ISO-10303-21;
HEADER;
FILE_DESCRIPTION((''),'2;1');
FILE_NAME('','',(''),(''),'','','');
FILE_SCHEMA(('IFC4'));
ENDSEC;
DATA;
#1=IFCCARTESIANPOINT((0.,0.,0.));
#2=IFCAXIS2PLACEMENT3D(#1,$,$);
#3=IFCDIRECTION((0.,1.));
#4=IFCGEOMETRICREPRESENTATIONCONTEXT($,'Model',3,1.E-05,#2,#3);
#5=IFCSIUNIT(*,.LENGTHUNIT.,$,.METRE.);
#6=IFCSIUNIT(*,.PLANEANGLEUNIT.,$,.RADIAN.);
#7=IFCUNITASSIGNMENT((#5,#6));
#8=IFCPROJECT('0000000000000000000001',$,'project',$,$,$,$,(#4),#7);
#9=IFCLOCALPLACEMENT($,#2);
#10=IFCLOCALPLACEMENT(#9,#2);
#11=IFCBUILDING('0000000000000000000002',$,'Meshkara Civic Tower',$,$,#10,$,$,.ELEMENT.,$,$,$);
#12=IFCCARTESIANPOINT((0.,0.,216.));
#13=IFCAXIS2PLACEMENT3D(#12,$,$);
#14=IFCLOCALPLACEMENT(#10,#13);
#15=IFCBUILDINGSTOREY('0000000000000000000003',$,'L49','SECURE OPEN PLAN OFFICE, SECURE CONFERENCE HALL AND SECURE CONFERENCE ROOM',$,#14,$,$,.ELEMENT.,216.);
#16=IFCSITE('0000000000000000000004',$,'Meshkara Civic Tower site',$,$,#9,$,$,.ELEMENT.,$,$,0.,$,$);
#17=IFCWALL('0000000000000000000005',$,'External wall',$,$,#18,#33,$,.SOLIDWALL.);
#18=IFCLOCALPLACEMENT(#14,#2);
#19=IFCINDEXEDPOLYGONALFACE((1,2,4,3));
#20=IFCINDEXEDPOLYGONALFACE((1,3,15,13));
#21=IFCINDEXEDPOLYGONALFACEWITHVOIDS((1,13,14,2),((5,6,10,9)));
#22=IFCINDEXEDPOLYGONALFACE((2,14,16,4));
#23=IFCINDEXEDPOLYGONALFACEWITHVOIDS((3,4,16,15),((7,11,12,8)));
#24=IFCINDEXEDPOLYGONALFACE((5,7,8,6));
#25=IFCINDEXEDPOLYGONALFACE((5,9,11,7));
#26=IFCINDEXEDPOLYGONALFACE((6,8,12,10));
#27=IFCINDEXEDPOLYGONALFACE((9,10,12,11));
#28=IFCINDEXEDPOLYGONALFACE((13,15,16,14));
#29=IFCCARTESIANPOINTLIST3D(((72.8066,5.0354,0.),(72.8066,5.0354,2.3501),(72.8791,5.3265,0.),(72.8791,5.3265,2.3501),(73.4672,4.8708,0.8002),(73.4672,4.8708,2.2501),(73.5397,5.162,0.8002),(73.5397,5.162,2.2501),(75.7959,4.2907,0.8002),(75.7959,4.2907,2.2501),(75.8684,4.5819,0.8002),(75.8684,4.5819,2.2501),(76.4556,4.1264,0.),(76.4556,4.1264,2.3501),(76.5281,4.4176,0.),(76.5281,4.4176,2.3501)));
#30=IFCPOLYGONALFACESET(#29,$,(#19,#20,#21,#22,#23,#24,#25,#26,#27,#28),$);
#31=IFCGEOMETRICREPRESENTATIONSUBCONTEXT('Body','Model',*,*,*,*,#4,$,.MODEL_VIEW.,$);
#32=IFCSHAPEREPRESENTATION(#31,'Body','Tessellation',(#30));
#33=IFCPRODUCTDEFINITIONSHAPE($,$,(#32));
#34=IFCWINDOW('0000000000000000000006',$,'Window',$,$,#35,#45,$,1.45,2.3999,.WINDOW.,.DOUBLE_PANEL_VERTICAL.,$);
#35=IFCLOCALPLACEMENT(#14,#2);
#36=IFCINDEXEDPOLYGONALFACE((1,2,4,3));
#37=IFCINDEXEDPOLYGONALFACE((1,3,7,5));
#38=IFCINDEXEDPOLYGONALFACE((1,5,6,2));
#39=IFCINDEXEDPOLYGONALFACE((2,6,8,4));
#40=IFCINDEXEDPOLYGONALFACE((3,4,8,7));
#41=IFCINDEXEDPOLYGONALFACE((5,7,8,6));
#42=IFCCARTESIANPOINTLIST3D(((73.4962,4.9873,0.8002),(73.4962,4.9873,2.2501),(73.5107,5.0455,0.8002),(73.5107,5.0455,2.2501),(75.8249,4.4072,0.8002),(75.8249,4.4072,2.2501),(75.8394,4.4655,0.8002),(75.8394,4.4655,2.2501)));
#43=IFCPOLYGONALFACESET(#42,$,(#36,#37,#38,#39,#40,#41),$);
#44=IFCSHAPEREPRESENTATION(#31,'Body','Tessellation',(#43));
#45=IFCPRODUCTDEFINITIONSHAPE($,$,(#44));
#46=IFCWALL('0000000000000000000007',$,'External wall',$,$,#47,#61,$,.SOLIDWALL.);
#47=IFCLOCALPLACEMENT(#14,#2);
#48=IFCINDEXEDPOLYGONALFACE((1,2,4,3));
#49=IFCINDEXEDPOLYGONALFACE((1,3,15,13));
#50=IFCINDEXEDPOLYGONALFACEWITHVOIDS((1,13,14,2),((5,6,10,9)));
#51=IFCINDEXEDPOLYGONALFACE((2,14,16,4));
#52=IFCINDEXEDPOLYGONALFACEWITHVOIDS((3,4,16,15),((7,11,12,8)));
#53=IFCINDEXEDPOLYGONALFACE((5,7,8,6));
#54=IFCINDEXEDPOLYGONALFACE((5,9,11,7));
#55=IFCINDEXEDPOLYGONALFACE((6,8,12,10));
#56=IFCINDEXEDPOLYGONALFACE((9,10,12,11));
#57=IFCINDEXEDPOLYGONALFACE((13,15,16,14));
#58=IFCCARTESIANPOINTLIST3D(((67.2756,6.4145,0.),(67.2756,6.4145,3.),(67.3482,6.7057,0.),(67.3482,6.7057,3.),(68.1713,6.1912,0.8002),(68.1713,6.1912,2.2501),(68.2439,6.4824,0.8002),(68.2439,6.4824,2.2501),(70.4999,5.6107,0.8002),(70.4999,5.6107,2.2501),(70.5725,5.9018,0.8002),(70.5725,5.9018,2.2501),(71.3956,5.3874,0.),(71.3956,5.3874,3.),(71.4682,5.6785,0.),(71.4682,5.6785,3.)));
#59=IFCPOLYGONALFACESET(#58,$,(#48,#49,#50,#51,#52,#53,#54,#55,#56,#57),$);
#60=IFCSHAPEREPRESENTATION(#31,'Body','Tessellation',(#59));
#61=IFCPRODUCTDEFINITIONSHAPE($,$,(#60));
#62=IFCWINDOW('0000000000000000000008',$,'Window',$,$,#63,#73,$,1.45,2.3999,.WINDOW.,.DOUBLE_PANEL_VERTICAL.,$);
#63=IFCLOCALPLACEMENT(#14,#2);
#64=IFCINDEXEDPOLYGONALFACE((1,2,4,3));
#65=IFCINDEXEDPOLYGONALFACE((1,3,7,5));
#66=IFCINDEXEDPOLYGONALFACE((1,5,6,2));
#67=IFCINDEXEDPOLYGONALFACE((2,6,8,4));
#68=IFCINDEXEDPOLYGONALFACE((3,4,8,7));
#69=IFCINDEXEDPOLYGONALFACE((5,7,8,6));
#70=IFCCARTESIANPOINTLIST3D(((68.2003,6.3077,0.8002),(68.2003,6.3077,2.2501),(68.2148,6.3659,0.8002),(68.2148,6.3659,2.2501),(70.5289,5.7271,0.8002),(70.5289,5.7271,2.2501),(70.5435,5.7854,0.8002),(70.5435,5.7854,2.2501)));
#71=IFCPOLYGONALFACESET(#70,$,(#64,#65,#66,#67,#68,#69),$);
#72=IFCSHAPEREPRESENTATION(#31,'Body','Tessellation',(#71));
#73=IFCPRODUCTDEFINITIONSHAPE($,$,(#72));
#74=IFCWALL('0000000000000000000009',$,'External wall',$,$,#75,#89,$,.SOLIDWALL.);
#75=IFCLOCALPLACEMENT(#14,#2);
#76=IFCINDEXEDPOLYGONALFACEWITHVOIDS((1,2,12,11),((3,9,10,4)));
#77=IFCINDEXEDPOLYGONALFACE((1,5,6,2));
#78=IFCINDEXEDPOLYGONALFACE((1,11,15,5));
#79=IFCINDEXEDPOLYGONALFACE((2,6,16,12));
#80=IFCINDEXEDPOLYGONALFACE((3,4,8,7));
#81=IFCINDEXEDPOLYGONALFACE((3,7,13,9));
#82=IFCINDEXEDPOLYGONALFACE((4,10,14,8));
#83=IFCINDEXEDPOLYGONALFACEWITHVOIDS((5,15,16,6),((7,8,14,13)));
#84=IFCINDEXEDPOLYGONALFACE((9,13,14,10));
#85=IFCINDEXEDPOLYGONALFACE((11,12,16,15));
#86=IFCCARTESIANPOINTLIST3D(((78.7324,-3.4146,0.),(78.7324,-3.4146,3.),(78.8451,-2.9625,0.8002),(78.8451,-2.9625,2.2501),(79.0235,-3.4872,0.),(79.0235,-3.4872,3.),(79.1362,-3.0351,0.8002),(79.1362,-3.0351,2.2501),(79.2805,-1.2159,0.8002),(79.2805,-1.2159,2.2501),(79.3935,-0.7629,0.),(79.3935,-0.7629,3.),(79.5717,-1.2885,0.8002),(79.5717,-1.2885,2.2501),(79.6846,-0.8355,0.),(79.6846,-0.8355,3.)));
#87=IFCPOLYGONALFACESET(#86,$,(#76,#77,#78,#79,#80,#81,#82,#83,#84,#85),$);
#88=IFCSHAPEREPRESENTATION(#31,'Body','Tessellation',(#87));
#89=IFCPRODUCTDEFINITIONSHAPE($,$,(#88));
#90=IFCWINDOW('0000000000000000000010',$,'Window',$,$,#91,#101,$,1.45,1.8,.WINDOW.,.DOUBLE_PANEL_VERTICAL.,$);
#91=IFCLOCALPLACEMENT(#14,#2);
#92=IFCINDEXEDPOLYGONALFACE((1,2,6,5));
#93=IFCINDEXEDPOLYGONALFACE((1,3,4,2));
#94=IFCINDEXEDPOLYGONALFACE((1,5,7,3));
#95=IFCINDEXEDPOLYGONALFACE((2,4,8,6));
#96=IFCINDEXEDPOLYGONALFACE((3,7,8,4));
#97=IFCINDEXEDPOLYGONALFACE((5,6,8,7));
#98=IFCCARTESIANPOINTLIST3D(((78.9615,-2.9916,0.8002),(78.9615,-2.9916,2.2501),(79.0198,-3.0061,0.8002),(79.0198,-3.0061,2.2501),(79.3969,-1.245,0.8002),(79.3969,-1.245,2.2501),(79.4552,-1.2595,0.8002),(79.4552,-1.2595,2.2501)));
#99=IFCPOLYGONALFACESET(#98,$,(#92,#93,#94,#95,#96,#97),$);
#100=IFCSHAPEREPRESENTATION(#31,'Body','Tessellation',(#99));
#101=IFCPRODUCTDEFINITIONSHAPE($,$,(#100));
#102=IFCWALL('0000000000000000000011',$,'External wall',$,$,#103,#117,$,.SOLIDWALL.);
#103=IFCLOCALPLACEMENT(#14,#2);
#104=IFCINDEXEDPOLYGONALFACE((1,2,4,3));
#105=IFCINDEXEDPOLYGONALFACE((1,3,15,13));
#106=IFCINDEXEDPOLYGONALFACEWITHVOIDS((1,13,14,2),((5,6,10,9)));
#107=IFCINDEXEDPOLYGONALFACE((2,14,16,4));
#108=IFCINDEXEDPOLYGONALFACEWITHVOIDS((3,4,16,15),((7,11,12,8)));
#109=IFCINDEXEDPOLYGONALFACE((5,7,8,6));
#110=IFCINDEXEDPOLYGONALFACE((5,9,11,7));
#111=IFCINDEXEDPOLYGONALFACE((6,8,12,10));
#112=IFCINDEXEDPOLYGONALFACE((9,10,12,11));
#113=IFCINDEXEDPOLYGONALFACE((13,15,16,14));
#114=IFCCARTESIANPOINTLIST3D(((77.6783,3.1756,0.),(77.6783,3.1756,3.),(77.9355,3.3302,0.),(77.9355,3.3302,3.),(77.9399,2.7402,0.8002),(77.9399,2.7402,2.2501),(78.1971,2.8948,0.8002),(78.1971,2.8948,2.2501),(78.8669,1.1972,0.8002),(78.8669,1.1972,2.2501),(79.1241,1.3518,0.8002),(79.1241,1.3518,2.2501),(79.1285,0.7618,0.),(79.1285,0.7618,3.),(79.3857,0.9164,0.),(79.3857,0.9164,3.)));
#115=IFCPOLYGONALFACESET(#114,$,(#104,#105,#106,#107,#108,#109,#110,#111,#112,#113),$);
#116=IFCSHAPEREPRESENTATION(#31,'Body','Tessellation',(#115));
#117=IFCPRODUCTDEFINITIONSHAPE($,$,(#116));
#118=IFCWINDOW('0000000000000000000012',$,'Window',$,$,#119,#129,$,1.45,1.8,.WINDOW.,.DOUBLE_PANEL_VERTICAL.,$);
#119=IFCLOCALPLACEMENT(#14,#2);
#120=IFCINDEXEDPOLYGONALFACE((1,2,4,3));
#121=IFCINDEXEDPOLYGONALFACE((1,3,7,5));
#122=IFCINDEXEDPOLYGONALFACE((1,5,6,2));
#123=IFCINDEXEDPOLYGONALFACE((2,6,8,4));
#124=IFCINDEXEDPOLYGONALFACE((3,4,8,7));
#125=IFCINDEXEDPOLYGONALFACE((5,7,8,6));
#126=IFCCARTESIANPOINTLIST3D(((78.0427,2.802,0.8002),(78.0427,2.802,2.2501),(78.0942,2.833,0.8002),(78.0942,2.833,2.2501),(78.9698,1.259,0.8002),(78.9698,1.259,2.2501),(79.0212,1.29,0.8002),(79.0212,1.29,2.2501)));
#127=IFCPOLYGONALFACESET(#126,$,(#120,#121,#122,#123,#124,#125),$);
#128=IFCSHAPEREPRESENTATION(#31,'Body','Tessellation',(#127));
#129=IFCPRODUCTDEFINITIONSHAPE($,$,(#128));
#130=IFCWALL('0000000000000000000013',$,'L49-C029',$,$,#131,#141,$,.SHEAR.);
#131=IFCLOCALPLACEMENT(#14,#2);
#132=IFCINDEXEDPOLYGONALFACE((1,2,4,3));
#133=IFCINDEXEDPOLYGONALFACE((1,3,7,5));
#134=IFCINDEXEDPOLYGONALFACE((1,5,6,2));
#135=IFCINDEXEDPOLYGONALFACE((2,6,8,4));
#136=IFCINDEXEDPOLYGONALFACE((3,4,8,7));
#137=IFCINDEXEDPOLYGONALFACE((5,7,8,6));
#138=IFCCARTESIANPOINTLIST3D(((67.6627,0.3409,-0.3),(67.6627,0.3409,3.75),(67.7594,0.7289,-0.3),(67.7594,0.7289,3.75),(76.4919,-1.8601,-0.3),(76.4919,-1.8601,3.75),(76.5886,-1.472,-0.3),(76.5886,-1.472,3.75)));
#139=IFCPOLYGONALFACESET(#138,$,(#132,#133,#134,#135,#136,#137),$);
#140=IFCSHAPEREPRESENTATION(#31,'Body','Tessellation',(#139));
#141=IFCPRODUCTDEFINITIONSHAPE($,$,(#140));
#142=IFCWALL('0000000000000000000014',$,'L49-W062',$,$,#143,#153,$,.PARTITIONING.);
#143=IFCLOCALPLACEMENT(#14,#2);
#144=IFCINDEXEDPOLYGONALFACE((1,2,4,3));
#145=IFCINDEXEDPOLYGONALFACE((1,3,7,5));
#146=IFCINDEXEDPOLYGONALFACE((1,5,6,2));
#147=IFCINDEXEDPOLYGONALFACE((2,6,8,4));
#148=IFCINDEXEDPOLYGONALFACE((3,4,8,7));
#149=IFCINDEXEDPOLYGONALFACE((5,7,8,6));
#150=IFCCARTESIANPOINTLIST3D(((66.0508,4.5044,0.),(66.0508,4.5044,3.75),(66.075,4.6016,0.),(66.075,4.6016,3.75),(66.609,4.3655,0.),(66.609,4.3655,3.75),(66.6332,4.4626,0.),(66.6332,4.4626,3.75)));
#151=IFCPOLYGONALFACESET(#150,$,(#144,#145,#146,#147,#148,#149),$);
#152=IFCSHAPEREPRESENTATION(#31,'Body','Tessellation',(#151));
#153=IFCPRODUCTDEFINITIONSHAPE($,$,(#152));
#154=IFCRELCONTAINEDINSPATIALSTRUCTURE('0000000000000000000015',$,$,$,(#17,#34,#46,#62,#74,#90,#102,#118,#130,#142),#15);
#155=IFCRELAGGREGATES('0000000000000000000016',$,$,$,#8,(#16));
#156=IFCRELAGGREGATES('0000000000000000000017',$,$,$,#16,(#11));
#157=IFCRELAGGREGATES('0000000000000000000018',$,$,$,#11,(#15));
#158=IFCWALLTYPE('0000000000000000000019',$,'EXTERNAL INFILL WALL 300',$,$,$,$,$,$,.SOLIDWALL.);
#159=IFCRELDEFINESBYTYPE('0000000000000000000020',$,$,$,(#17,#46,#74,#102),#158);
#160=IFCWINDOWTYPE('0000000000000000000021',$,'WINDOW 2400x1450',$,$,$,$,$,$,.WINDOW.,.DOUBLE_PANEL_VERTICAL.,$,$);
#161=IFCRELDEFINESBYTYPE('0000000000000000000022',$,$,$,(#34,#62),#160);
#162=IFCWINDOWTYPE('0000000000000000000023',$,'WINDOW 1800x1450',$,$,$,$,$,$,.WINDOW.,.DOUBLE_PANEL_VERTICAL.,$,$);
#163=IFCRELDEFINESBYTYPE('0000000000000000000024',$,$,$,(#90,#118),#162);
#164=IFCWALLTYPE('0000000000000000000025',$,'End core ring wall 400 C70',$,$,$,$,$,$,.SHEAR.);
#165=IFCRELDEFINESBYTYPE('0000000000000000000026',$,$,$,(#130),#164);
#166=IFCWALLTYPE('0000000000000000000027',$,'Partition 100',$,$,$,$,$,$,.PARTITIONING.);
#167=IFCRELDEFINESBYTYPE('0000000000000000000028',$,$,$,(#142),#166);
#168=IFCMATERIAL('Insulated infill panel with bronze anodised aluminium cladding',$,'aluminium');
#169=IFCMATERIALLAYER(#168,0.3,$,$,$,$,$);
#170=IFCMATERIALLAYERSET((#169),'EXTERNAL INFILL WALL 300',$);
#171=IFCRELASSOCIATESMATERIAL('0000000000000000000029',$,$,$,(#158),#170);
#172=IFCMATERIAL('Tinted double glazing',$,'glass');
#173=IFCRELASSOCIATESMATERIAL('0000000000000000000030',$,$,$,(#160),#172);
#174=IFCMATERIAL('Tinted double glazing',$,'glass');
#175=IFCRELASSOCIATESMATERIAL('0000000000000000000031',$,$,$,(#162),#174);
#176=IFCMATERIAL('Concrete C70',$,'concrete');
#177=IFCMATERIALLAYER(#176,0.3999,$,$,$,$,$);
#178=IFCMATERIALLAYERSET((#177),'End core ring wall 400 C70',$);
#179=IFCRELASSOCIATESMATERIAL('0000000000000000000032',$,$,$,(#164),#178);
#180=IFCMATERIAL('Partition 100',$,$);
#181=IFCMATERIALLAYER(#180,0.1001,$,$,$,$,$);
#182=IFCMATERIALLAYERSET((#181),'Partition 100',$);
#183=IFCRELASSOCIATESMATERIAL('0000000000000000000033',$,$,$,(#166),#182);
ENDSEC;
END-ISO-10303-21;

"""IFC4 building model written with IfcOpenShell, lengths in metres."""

from ifc_helpers import new_model, si_unit, direction, frame, frame_2d, origin, place, context, subcontext, project, spatial, rectangle, extrude, material, layer, layer_set, type_object, element, fill, save


model = new_model("IFC4")

# Units and contexts
model_context = context("Model", 3, precision=1e-05, world=origin(), true_north=direction((0.0, 1.0)))
body_context = subcontext(model_context, "Body", "Model", "MODEL_VIEW")
ifc_project = project(units=[si_unit("LENGTHUNIT", "METRE"), si_unit("PLANEANGLEUNIT", "RADIAN")], contexts=[model_context])

# Site, building, storey
site_placement = place(None, origin())
site = spatial("IfcSite", under=ifc_project, at=site_placement, Name="Meshkara Civic Tower site", CompositionType="ELEMENT", RefElevation=0.0)
building_placement = place(site_placement, origin())
building = spatial("IfcBuilding", under=site, at=building_placement, Name="Meshkara Civic Tower", CompositionType="ELEMENT")
storey_placement = place(building_placement, frame((0.0, 0.0, 216.0)))
storey = spatial("IfcBuildingStorey", under=building, at=storey_placement, Name="L49", Description="SECURE OPEN PLAN OFFICE, SECURE CONFERENCE HALL AND SECURE CONFERENCE ROOM", CompositionType="ELEMENT", Elevation=216.0)

# Walls, openings, windows
ifc_material_1 = material(Name="Insulated infill panel with bronze anodised aluminium cladding", Category="aluminium")
ifc_layer_1 = layer(ifc_material_1, 0.3)
ifc_layer_set_1 = layer_set([ifc_layer_1], Name="EXTERNAL INFILL WALL 300")
wall_type_1 = type_object("IfcWallType", Name="EXTERNAL INFILL WALL 300", PredefinedType="SOLIDWALL", material=ifc_layer_set_1)
wall_1_placement = place(storey_placement, frame((76.4919, 4.272, 0.0), z_axis=(0.0, 0.0, 1.0), x_axis=(-0.970348, 0.241711, 0.0)))
wall_1 = element("IfcWall", 1, at=wall_1_placement, inside=storey, type_object=wall_type_1, Name="External wall", PredefinedType="SOLIDWALL", context=body_context, shape_type="SweptSolid", body=[
    extrude(rectangle(XDim=3.7605, YDim=0.3, at=frame_2d((1.8804, 0.0))), origin(), (0.0, 0.0, 1.0), 2.3501),
])
opening_1_placement = place(wall_1_placement, frame((0.6799, 0.0, 0.8)))
opening_1 = element("IfcOpeningElement", 2, at=opening_1_placement, cuts=wall_1, PredefinedType="OPENING", context=body_context, shape_type="SweptSolid", body=[
    extrude(rectangle(XDim=2.3999, YDim=1.45, at=frame_2d((1.2, 0.7251))), frame((0.0, 0.1599, 0.0), z_axis=(0.0, -1.0, 0.0), x_axis=(1.0, 0.0, 0.0)), (0.0, 0.0, 1.0), 0.3201),
])
ifc_material_2 = material(Name="Tinted double glazing", Category="glass")
window_type_1 = type_object("IfcWindowType", Name="WINDOW 2400x1450", PartitioningType="DOUBLE_PANEL_VERTICAL", PredefinedType="WINDOW", material=ifc_material_2)
window_1_placement = place(opening_1_placement, origin())
window_1 = element("IfcWindow", 3, at=window_1_placement, inside=storey, type_object=window_type_1, Name="Window", OverallHeight=1.45, OverallWidth=2.3999, PartitioningType="DOUBLE_PANEL_VERTICAL", PredefinedType="WINDOW", context=body_context, shape_type="SweptSolid", body=[
    extrude(rectangle(XDim=2.3999, YDim=1.45, at=frame_2d((1.2, 0.7251))), frame((0.0, 0.03, 0.0), z_axis=(0.0, -1.0, 0.0), x_axis=(1.0, 0.0, 0.0)), (0.0, 0.0, 1.0), 0.0601),
])
fill(opening_1, window_1)
wall_2_placement = place(storey_placement, frame((71.4319, 5.533, 0.0), z_axis=(0.0, 0.0, 1.0), x_axis=(-0.970301, 0.2419, 0.0)))
wall_2 = element("IfcWall", 4, at=wall_2_placement, inside=storey, type_object=wall_type_1, Name="External wall", PredefinedType="SOLIDWALL", context=body_context, shape_type="SweptSolid", body=[
    extrude(rectangle(XDim=4.2461, YDim=0.3, at=frame_2d((2.123, 0.0))), origin(), (0.0, 0.0, 1.0), 3.0),
])
opening_2_placement = place(wall_2_placement, frame((0.9231, 0.0, 0.8)))
opening_2 = element("IfcOpeningElement", 5, at=opening_2_placement, cuts=wall_2, PredefinedType="OPENING", context=body_context, shape_type="SweptSolid", body=[
    extrude(rectangle(XDim=2.3999, YDim=1.45, at=frame_2d((1.2, 0.7251))), frame((0.0, 0.1599, 0.0), z_axis=(0.0, -1.0, 0.0), x_axis=(1.0, 0.0, 0.0)), (0.0, 0.0, 1.0), 0.3201),
])
window_2_placement = place(opening_2_placement, origin())
window_2 = element("IfcWindow", 6, at=window_2_placement, inside=storey, type_object=window_type_1, Name="Window", OverallHeight=1.45, OverallWidth=2.3999, PartitioningType="DOUBLE_PANEL_VERTICAL", PredefinedType="WINDOW", context=body_context, shape_type="SweptSolid", body=[
    extrude(rectangle(XDim=2.3999, YDim=1.45, at=frame_2d((1.2, 0.7251))), frame((0.0, 0.03, 0.0), z_axis=(0.0, -1.0, 0.0), x_axis=(1.0, 0.0, 0.0)), (0.0, 0.0, 1.0), 0.0601),
])
fill(opening_2, window_2)
wall_3_placement = place(storey_placement, frame((78.8779, -3.4509, 0.0), z_axis=(0.0, 0.0, 1.0), x_axis=(0.241905, 0.9703, 0.0)))
wall_3 = element("IfcWall", 7, at=wall_3_placement, inside=storey, type_object=wall_type_1, Name="External wall", PredefinedType="SOLIDWALL", context=body_context, shape_type="SweptSolid", body=[
    extrude(rectangle(XDim=2.7329, YDim=0.3, at=frame_2d((1.3665, 0.0))), origin(), (0.0, 0.0, 1.0), 3.0),
])
opening_3_placement = place(wall_3_placement, frame((0.4661, 0.0, 0.8)))
opening_3 = element("IfcOpeningElement", 8, at=opening_3_placement, cuts=wall_3, PredefinedType="OPENING", context=body_context, shape_type="SweptSolid", body=[
    extrude(rectangle(XDim=1.8, YDim=1.45, at=frame_2d((0.8999, 0.7251))), frame((0.0, 0.1599, 0.0), z_axis=(0.0, -1.0, 0.0), x_axis=(1.0, 0.0, 0.0)), (0.0, 0.0, 1.0), 0.3201),
])
ifc_material_3 = material(Name="Tinted double glazing", Category="glass")
window_type_2 = type_object("IfcWindowType", Name="WINDOW 1800x1450", PartitioningType="DOUBLE_PANEL_VERTICAL", PredefinedType="WINDOW", material=ifc_material_3)
window_3_placement = place(opening_3_placement, origin())
window_3 = element("IfcWindow", 9, at=window_3_placement, inside=storey, type_object=window_type_2, Name="Window", OverallHeight=1.45, OverallWidth=1.8, PartitioningType="DOUBLE_PANEL_VERTICAL", PredefinedType="WINDOW", context=body_context, shape_type="SweptSolid", body=[
    extrude(rectangle(XDim=1.8, YDim=1.45, at=frame_2d((0.8999, 0.7251))), frame((0.0, 0.03, 0.0), z_axis=(0.0, -1.0, 0.0), x_axis=(1.0, 0.0, 0.0)), (0.0, 0.0, 1.0), 0.0601),
])
fill(opening_3, window_3)
wall_4_placement = place(storey_placement, frame((79.2571, 0.8391, 0.0), z_axis=(0.0, 0.0, 1.0), x_axis=(-0.514993, 0.857194, 0.0)))
wall_4 = element("IfcWall", 10, at=wall_4_placement, inside=storey, type_object=wall_type_1, Name="External wall", PredefinedType="SOLIDWALL", context=body_context, shape_type="SweptSolid", body=[
    extrude(rectangle(XDim=2.8159, YDim=0.3, at=frame_2d((1.408, 0.0))), origin(), (0.0, 0.0, 1.0), 3.0),
])
opening_4_placement = place(wall_4_placement, frame((0.5081, 0.0, 0.8)))
opening_4 = element("IfcOpeningElement", 11, at=opening_4_placement, cuts=wall_4, PredefinedType="OPENING", context=body_context, shape_type="SweptSolid", body=[
    extrude(rectangle(XDim=1.8, YDim=1.45, at=frame_2d((0.8999, 0.7251))), frame((0.0, 0.1599, 0.0), z_axis=(0.0, -1.0, 0.0), x_axis=(1.0, 0.0, 0.0)), (0.0, 0.0, 1.0), 0.3201),
])
window_4_placement = place(opening_4_placement, origin())
window_4 = element("IfcWindow", 12, at=window_4_placement, inside=storey, type_object=window_type_2, Name="Window", OverallHeight=1.45, OverallWidth=1.8, PartitioningType="DOUBLE_PANEL_VERTICAL", PredefinedType="WINDOW", context=body_context, shape_type="SweptSolid", body=[
    extrude(rectangle(XDim=1.8, YDim=1.45, at=frame_2d((0.8999, 0.7251))), frame((0.0, 0.03, 0.0), z_axis=(0.0, -1.0, 0.0), x_axis=(1.0, 0.0, 0.0)), (0.0, 0.0, 1.0), 0.0601),
])
fill(opening_4, window_4)

# Walls
ifc_material_4 = material(Name="Concrete C70", Category="concrete")
ifc_layer_2 = layer(ifc_material_4, 0.3999)
ifc_layer_set_2 = layer_set([ifc_layer_2], Name="End core ring wall 400 C70")
wall_type_2 = type_object("IfcWallType", Name="End core ring wall 400 C70", PredefinedType="SHEAR", material=ifc_layer_set_2)
wall_5_placement = place(storey_placement, frame((67.7109, 0.5349, -0.3), z_axis=(0.0, 0.0, 1.0), x_axis=(0.970306, -0.241879, 0.0)))
element("IfcWall", 13, at=wall_5_placement, inside=storey, type_object=wall_type_2, Name="L49-C029", PredefinedType="SHEAR", context=body_context, shape_type="SweptSolid", body=[
    extrude(rectangle(XDim=9.0994, YDim=0.3999, at=frame_2d((4.5498, 0.0))), origin(), (0.0, 0.0, 1.0), 4.05),
])
ifc_material_5 = material(Name="Partition 100")
ifc_layer_3 = layer(ifc_material_5, 0.1001)
ifc_layer_set_3 = layer_set([ifc_layer_3], Name="Partition 100")
wall_type_3 = type_object("IfcWallType", Name="Partition 100", PredefinedType="PARTITIONING", material=ifc_layer_set_3)
wall_6_placement = place(storey_placement, frame((66.6211, 4.4141, 0.0), z_axis=(0.0, 0.0, 1.0), x_axis=(-0.970392, 0.241537, 0.0)))
element("IfcWall", 14, at=wall_6_placement, inside=storey, type_object=wall_type_3, Name="L49-W062", PredefinedType="PARTITIONING", context=body_context, shape_type="SweptSolid", body=[
    extrude(rectangle(XDim=0.5752, YDim=0.1001, at=frame_2d((0.2876, 0.0))), origin(), (0.0, 0.0, 1.0), 3.75),
])

save(model, "model.ifc")
